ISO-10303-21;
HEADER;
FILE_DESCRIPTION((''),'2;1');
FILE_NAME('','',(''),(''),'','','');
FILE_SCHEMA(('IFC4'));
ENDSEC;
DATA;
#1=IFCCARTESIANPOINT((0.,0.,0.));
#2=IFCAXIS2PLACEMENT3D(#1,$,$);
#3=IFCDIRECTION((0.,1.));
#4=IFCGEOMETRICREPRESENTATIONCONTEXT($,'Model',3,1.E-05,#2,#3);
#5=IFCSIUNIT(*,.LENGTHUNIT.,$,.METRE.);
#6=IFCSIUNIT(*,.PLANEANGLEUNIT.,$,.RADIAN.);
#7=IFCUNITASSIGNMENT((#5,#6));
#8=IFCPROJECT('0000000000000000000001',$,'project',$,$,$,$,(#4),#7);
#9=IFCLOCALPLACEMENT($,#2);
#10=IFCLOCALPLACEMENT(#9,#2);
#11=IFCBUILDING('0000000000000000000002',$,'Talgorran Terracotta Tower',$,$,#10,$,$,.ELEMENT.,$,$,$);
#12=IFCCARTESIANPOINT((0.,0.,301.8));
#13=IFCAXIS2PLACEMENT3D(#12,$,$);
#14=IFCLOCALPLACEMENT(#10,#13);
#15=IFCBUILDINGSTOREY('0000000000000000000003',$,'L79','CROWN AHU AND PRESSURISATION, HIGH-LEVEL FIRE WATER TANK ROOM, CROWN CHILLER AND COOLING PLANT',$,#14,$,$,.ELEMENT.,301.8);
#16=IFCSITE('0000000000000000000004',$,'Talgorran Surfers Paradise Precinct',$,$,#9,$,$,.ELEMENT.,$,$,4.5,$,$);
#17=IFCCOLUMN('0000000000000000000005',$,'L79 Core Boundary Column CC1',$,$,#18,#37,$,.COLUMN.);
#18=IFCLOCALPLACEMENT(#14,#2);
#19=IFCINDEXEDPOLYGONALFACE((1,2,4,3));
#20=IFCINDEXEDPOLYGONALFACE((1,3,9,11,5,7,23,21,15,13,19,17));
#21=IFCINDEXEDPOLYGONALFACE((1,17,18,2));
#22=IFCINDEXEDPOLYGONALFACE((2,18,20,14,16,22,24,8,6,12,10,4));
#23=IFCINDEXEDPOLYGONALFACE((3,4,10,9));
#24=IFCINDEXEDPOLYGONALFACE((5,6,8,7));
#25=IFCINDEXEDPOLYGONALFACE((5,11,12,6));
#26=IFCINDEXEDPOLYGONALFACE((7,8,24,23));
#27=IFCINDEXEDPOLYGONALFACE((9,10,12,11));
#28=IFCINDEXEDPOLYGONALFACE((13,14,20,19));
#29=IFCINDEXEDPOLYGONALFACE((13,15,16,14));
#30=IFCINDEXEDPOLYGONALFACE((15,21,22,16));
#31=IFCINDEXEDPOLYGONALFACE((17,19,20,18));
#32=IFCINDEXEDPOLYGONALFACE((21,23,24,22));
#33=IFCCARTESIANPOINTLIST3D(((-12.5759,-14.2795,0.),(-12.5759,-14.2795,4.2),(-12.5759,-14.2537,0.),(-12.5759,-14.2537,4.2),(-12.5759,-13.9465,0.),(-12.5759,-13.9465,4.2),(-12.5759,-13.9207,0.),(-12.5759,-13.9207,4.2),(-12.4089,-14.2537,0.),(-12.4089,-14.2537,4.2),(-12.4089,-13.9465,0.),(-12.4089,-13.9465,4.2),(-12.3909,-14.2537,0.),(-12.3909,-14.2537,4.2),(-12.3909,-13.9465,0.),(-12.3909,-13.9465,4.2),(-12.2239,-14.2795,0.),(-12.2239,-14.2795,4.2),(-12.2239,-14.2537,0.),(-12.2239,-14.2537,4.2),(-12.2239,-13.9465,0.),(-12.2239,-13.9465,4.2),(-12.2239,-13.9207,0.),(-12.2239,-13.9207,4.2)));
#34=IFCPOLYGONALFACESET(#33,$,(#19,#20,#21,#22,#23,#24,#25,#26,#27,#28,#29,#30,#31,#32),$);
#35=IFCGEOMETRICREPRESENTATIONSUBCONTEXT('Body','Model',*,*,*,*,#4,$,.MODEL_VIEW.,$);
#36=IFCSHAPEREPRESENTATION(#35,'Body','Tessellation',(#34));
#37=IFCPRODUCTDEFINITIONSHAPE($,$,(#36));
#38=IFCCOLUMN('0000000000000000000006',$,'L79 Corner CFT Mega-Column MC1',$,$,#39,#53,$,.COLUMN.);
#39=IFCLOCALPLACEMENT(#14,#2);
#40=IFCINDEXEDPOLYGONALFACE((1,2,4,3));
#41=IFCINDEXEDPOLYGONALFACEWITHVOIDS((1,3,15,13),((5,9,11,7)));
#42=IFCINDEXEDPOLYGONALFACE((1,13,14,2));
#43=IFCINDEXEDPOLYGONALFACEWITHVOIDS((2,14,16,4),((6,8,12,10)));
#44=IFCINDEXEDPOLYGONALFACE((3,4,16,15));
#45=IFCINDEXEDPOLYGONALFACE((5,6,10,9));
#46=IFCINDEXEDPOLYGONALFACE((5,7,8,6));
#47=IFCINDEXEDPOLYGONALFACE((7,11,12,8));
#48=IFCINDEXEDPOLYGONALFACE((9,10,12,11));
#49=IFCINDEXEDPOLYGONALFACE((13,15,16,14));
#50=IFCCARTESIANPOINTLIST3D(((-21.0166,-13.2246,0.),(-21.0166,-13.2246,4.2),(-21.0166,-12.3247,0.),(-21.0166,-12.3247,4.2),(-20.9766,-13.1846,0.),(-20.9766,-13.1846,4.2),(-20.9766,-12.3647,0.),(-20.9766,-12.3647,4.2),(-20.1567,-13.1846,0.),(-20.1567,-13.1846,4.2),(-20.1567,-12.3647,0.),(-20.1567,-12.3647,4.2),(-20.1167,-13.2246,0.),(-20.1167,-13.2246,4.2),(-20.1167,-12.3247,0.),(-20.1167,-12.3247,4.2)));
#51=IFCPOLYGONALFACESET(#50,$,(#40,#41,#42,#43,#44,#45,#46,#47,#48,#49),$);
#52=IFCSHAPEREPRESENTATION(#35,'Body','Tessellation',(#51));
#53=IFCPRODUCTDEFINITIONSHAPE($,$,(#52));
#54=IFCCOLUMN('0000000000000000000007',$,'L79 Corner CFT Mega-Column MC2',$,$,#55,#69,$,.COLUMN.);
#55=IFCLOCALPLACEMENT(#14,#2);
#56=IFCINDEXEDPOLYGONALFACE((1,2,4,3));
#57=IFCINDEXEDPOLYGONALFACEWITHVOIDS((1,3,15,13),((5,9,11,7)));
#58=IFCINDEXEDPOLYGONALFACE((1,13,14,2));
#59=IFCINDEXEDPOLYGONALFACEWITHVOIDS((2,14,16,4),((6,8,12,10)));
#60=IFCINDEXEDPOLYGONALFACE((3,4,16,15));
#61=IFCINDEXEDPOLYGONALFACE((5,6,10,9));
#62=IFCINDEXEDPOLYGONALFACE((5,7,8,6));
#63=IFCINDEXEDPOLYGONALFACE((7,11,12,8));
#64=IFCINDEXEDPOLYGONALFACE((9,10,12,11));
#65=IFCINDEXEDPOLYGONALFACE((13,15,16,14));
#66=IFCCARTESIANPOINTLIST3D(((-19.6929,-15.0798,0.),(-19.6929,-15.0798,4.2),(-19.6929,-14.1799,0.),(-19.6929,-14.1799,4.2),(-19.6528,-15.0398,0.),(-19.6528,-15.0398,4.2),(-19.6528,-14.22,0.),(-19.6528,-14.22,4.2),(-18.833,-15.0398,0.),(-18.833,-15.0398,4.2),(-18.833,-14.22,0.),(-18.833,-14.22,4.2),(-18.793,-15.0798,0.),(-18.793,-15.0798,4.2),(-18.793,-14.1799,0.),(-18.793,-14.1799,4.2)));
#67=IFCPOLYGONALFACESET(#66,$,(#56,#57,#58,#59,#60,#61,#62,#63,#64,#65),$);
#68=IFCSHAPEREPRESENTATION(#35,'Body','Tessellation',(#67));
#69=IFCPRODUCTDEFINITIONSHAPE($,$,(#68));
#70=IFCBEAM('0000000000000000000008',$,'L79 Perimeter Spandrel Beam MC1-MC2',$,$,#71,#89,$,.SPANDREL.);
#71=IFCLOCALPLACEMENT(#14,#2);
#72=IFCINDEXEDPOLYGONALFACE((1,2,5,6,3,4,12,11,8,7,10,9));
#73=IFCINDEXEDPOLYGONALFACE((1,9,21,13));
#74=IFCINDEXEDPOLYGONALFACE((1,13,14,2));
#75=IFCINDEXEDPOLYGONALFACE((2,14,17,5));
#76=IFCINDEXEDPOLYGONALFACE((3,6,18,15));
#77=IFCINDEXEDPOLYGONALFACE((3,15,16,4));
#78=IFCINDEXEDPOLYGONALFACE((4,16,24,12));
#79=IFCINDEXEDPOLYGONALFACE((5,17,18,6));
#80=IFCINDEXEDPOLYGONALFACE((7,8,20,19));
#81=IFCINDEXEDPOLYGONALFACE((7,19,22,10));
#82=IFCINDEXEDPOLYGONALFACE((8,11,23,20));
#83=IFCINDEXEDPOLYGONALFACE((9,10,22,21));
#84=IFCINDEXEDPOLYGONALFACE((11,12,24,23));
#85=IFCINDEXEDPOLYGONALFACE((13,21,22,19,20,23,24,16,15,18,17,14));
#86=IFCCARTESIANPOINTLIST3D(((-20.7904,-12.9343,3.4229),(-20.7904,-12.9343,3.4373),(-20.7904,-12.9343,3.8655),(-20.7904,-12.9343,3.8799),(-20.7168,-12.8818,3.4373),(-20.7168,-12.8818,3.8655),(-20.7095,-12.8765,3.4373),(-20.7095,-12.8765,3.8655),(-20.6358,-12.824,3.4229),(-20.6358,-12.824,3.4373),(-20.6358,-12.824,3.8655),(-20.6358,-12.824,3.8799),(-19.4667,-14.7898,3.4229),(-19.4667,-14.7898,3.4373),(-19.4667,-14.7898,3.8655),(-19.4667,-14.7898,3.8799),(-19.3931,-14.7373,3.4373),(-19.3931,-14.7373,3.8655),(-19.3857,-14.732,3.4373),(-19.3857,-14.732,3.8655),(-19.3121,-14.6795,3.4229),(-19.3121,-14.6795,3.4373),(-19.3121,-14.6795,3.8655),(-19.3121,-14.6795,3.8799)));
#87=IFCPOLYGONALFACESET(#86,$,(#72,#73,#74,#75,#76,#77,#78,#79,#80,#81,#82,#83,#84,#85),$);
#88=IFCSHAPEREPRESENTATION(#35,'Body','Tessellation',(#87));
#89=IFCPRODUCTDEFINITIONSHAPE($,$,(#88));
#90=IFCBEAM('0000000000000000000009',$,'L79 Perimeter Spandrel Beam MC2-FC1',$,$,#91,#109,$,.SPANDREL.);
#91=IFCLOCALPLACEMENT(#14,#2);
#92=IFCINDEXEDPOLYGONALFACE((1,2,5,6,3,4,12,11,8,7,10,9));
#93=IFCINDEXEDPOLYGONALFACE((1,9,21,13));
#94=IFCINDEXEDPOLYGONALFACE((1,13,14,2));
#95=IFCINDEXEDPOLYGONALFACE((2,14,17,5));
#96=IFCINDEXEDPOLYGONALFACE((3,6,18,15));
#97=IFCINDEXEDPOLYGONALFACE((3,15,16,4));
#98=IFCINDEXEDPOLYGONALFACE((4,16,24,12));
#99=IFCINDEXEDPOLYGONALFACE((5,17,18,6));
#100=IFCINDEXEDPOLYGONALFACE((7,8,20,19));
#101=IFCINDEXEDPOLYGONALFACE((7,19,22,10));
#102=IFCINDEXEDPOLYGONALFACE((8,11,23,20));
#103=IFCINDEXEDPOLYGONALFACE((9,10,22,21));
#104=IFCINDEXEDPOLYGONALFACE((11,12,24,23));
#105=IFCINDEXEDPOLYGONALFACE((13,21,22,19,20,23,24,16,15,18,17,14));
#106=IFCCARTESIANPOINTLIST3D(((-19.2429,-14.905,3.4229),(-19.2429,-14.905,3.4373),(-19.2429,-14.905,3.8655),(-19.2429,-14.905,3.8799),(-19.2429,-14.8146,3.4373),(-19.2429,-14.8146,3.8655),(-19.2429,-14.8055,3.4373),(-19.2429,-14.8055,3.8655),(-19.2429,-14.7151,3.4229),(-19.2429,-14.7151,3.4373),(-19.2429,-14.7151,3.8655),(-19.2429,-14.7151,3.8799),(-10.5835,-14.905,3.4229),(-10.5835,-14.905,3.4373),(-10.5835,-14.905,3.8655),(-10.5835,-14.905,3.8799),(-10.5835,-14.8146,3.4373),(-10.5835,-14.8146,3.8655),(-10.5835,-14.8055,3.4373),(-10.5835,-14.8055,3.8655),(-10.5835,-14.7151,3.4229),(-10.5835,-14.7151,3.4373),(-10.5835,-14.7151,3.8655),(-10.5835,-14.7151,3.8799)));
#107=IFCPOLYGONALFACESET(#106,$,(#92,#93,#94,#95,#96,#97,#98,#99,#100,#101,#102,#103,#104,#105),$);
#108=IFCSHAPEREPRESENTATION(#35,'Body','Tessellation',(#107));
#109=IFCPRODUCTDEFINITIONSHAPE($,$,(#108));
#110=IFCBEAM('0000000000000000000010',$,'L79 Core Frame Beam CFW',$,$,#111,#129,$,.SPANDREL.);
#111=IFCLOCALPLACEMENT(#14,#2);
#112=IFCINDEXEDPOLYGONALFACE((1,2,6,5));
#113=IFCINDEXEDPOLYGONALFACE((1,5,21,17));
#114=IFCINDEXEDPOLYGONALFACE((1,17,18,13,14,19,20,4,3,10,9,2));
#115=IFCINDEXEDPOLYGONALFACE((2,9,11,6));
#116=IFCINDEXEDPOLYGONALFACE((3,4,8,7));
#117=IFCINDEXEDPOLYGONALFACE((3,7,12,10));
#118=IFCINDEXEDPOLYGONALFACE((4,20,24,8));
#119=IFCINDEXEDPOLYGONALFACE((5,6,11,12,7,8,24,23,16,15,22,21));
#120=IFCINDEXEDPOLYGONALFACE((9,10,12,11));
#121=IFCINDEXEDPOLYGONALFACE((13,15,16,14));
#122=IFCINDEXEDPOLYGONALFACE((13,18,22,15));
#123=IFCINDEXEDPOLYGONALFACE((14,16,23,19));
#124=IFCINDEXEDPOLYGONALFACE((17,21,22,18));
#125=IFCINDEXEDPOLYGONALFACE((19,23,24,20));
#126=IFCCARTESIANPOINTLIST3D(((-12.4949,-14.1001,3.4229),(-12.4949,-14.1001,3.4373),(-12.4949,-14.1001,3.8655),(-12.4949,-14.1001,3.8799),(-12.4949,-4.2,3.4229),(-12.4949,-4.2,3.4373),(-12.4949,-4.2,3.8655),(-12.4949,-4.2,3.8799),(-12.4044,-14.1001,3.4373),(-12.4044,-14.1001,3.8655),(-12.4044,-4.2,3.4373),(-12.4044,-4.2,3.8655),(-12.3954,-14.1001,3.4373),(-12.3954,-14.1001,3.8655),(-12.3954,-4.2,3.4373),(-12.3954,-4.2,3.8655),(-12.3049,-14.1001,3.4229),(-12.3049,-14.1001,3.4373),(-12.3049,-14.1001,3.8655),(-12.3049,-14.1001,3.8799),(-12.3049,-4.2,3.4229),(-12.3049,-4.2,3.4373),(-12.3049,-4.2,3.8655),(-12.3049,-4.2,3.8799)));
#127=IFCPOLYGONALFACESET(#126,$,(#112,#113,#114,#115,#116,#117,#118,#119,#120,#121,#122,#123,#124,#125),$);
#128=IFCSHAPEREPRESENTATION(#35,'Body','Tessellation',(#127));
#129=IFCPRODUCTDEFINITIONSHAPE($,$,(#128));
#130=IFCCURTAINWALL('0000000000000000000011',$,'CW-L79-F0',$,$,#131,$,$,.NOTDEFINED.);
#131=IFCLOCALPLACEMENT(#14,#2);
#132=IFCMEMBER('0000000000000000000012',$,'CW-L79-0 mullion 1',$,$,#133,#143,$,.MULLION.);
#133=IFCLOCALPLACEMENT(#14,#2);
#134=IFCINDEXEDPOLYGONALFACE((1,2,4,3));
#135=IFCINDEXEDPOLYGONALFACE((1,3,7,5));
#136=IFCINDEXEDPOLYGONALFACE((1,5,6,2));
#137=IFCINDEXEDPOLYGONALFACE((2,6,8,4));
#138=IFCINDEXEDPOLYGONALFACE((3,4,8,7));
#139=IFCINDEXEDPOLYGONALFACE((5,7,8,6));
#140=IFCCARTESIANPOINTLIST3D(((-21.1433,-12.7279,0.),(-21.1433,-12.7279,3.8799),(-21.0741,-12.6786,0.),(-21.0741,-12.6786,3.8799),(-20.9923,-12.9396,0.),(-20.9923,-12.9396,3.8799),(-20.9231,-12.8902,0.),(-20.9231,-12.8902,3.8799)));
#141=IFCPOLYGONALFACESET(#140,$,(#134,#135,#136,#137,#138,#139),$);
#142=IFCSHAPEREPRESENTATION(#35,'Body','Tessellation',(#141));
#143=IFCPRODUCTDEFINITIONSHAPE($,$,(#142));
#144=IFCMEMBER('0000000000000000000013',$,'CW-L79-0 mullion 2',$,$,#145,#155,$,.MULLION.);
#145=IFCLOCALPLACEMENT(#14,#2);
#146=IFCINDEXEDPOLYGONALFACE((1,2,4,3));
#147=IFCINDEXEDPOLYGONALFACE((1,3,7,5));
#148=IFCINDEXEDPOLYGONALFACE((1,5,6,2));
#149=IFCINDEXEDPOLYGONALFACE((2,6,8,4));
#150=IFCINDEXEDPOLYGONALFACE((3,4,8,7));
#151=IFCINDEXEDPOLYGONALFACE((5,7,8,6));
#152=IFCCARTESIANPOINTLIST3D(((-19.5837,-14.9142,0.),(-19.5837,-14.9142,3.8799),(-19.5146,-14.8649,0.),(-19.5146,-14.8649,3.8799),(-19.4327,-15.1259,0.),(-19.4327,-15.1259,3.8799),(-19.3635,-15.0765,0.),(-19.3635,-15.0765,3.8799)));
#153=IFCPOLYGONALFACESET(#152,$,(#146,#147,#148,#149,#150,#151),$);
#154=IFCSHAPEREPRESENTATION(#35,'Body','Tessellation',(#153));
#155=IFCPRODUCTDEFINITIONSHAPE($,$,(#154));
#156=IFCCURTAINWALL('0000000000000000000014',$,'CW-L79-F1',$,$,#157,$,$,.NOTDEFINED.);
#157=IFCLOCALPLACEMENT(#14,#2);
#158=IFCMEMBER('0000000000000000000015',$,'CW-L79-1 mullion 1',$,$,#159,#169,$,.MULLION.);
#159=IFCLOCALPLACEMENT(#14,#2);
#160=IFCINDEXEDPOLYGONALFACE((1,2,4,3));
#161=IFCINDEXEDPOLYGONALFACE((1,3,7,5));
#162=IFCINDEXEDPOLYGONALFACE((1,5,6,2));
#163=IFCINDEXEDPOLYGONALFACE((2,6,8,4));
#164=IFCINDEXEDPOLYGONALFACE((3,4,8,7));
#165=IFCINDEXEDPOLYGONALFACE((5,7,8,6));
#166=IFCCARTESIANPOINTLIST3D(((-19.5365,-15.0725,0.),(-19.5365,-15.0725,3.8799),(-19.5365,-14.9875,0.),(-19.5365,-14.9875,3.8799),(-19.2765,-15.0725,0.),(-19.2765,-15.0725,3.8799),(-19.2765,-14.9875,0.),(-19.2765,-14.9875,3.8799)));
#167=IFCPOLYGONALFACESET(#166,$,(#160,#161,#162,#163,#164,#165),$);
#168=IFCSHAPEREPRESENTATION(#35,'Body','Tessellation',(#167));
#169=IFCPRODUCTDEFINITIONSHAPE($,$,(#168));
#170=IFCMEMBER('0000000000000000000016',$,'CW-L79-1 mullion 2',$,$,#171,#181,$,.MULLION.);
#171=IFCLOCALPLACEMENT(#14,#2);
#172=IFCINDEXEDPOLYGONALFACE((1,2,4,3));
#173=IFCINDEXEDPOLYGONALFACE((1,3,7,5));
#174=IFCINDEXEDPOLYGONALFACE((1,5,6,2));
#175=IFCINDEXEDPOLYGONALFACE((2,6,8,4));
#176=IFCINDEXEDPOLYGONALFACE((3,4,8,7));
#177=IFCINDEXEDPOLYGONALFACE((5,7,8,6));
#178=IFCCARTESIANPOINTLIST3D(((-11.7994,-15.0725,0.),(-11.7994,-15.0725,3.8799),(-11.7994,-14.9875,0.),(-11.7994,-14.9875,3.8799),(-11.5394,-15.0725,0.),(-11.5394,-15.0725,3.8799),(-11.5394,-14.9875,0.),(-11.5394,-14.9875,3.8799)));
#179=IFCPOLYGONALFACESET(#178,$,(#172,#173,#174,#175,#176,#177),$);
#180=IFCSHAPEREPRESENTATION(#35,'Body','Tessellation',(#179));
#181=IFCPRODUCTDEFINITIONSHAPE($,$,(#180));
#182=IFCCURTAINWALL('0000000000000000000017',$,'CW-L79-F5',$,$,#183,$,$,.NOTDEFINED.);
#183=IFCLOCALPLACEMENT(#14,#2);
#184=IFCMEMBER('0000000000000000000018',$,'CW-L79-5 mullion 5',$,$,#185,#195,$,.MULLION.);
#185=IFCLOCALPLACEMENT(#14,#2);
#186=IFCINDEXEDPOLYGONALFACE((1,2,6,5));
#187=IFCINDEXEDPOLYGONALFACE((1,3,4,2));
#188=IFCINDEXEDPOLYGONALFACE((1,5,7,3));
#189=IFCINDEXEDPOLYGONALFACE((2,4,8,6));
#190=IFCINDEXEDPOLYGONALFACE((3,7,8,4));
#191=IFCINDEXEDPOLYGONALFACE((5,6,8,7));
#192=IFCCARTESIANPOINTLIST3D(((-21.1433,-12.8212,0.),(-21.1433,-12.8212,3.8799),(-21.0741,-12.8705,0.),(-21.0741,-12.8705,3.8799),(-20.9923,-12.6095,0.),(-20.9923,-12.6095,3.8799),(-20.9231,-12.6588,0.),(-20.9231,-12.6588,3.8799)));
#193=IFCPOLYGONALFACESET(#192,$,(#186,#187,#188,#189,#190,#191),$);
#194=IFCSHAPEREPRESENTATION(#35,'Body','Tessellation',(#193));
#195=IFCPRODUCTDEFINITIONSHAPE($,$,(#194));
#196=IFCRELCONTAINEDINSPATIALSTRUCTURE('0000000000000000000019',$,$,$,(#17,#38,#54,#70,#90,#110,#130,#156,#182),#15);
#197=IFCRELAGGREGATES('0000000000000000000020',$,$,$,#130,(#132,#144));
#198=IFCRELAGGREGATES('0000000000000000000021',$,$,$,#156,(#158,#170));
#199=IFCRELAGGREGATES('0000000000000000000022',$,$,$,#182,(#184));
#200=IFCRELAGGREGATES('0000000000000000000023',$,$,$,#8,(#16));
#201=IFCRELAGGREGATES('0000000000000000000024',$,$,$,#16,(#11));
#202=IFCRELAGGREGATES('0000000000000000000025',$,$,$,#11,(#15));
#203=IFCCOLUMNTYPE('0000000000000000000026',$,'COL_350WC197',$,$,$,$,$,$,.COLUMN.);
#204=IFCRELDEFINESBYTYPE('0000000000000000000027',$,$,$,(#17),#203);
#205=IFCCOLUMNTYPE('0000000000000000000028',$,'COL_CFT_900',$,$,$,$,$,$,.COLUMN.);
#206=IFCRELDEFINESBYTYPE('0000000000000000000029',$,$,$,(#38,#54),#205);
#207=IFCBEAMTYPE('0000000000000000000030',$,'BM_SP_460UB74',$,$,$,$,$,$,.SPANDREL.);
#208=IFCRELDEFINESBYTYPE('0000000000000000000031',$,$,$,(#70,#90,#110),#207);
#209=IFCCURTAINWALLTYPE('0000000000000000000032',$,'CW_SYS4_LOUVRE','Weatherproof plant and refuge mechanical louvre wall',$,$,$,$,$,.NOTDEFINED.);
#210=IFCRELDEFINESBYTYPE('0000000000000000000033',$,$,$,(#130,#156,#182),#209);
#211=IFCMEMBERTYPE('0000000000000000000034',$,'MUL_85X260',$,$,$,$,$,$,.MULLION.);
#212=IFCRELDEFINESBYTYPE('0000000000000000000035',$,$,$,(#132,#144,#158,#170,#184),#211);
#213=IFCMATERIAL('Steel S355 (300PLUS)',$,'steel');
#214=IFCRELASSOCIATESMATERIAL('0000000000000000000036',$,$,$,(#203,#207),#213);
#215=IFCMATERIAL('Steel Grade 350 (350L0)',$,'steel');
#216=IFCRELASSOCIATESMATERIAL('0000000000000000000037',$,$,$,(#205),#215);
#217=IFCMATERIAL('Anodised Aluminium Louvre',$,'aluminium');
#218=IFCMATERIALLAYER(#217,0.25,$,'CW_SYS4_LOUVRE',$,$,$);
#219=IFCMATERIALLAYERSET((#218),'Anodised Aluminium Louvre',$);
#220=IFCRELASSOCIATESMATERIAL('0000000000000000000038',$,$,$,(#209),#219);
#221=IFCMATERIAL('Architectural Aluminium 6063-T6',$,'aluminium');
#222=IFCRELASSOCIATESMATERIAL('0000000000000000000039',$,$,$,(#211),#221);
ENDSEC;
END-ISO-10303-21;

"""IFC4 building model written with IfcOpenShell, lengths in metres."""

from ifc_helpers import new_model, si_unit, direction, frame, origin, origin_2d, place, context, subcontext, project, spatial, rectangle, hollow_rectangle, i_section, extrude, material, layer, layer_set, material_profile, profile_set, type_object, element, aggregate, save


model = new_model("IFC4")

# Units and contexts
model_context = context("Model", 3, precision=1e-05, world=origin(), true_north=direction((0.0, 1.0)))
body_context = subcontext(model_context, "Body", "Model", "MODEL_VIEW")
ifc_project = project(units=[si_unit("LENGTHUNIT", "METRE"), si_unit("PLANEANGLEUNIT", "RADIAN")], contexts=[model_context])

# Site, building, storey
site_placement = place(None, origin())
site = spatial("IfcSite", under=ifc_project, at=site_placement, Name="Talgorran Surfers Paradise Precinct", CompositionType="ELEMENT", RefElevation=4.5)
building_placement = place(site_placement, origin())
building = spatial("IfcBuilding", under=site, at=building_placement, Name="Talgorran Terracotta Tower", CompositionType="ELEMENT")
storey_placement = place(building_placement, frame((0.0, 0.0, 301.8)))
storey = spatial("IfcBuildingStorey", under=building, at=storey_placement, Name="L79", Description="CROWN AHU AND PRESSURISATION, HIGH-LEVEL FIRE WATER TANK ROOM, CROWN CHILLER AND COOLING PLANT", CompositionType="ELEMENT", Elevation=301.8)

# Columns
ifc_material_1 = material(Name="Steel S355 (300PLUS)", Category="steel")
ifc_material_profile_1 = material_profile(ifc_material_1, i_section(OverallWidth=0.3521, OverallDepth=0.3589, WebThickness=0.0181, FlangeThickness=0.0259, at=origin_2d()), Name="350WC197")
ifc_profile_set_1 = profile_set([ifc_material_profile_1], Name="Steel S355 (300PLUS)")
column_type_1 = type_object("IfcColumnType", Name="COL_350WC197", PredefinedType="COLUMN", material=ifc_profile_set_1)
column_placement = place(storey_placement, frame((-12.3999, -14.1001, 0.0), z_axis=(0.0, 0.0, 1.0), x_axis=(1.0, 0.0, 0.0)))
element("IfcColumn", 1, at=column_placement, inside=storey, type_object=column_type_1, Name="L79 Core Boundary Column CC1", PredefinedType="COLUMN", context=body_context, shape_type="SweptSolid", body=[
    extrude(i_section(OverallWidth=0.3521, OverallDepth=0.3589, WebThickness=0.0181, FlangeThickness=0.0259, at=origin_2d()), origin(), (0.0, 0.0, 1.0), 4.2),
])
ifc_material_2 = material(Name="Steel Grade 350 (350L0)", Category="steel")
ifc_material_profile_2 = material_profile(ifc_material_2, hollow_rectangle(XDim=0.8999, YDim=0.8999, WallThickness=0.04, at=origin_2d()), Name="CFT900X900X40")
ifc_profile_set_2 = profile_set([ifc_material_profile_2], Name="Steel Grade 350 (350L0)")
column_type_2 = type_object("IfcColumnType", Name="COL_CFT_900", PredefinedType="COLUMN", material=ifc_profile_set_2)
for number, where, z_axis, x_axis, name in (
    (2, (-20.5667, -12.7747, 0.0), (0.0, 0.0, 1.0), (1.0, 0.0, 0.0), "L79 Corner CFT Mega-Column MC1"),
    (3, (-19.2429, -14.6299, 0.0), (0.0, 0.0, 1.0), (1.0, 0.0, 0.0), "L79 Corner CFT Mega-Column MC2"),
):
    element("IfcColumn", number, at=place(storey_placement, frame(where, z_axis=z_axis, x_axis=x_axis)), inside=storey, type_object=column_type_2, Name=name, PredefinedType="COLUMN", context=body_context, shape_type="SweptSolid", body=[
        extrude(hollow_rectangle(XDim=0.8999, YDim=0.8999, WallThickness=0.04, at=origin_2d()), origin(), (0.0, 0.0, 1.0), 4.2),
    ])

# Beams
ifc_material_profile_3 = material_profile(ifc_material_1, i_section(OverallWidth=0.1899, OverallDepth=0.457, WebThickness=0.009, FlangeThickness=0.0144, at=origin_2d()), Name="460UB74.6")
ifc_profile_set_3 = profile_set([ifc_material_profile_3], Name="Steel S355 (300PLUS)")
beam_type = type_object("IfcBeamType", Name="BM_SP_460UB74", PredefinedType="SPANDREL", material=ifc_profile_set_3)
beam_1_placement = place(storey_placement, frame((-20.7131, -12.8792, 3.6514), z_axis=(0.580772, -0.814066, 0.0), x_axis=(0.814066, 0.580772, 0.0)))
element("IfcBeam", 4, at=beam_1_placement, inside=storey, type_object=beam_type, Name="L79 Perimeter Spandrel Beam MC1-MC2", PredefinedType="SPANDREL", context=body_context, shape_type="SweptSolid", body=[
    extrude(i_section(OverallWidth=0.1899, OverallDepth=0.457, WebThickness=0.009, FlangeThickness=0.0144, at=origin_2d()), origin(), (0.0, 0.0, 1.0), 2.2793),
])
beam_2_placement = place(storey_placement, frame((-19.2429, -14.8101, 3.6514), z_axis=(1.0, 0.0, 0.0), x_axis=(0.0, 1.0, 0.0)))
element("IfcBeam", 5, at=beam_2_placement, inside=storey, type_object=beam_type, Name="L79 Perimeter Spandrel Beam MC2-FC1", PredefinedType="SPANDREL", context=body_context, shape_type="SweptSolid", body=[
    extrude(i_section(OverallWidth=0.1899, OverallDepth=0.457, WebThickness=0.009, FlangeThickness=0.0144, at=origin_2d()), origin(), (0.0, 0.0, 1.0), 8.6594),
])
beam_3_placement = place(storey_placement, frame((-12.3999, -14.1001, 3.6514), z_axis=(0.0, 1.0, 0.0), x_axis=(-1.0, 0.0, 0.0)))
element("IfcBeam", 6, at=beam_3_placement, inside=storey, type_object=beam_type, Name="L79 Core Frame Beam CFW", PredefinedType="SPANDREL", context=body_context, shape_type="SweptSolid", body=[
    extrude(i_section(OverallWidth=0.1899, OverallDepth=0.457, WebThickness=0.009, FlangeThickness=0.0144, at=origin_2d()), origin(), (0.0, 0.0, 1.0), 9.9001),
])

# Curtain walls, members
ifc_material_3 = material(Name="Anodised Aluminium Louvre", Category="aluminium")
ifc_layer_1 = layer(ifc_material_3, 0.25, Name="CW_SYS4_LOUVRE")
ifc_layer_set_1 = layer_set([ifc_layer_1], Name="Anodised Aluminium Louvre")
curtain_wall_type = type_object("IfcCurtainWallType", Name="CW_SYS4_LOUVRE", Description="Weatherproof plant and refuge mechanical louvre wall", PredefinedType="NOTDEFINED", material=ifc_layer_set_1)
curtain_wall_1_placement = place(storey_placement, origin())
curtain_wall_1 = element("IfcCurtainWall", 7, at=curtain_wall_1_placement, inside=storey, type_object=curtain_wall_type, Name="CW-L79-F0", PredefinedType="NOTDEFINED")
ifc_material_4 = material(Name="Architectural Aluminium 6063-T6", Category="aluminium")
ifc_material_profile_4 = material_profile(ifc_material_4, rectangle(XDim=0.085, YDim=0.26, at=origin_2d()), Name="CWM85X260")
ifc_profile_set_4 = profile_set([ifc_material_profile_4], Name="Architectural Aluminium 6063-T6")
member_type_1 = type_object("IfcMemberType", Name="MUL_85X260", PredefinedType="MULLION", material=ifc_profile_set_4)
member_1_placement = place(storey_placement, frame((-21.0332, -12.8091, 0.0), z_axis=(0.0, 0.0, 1.0), x_axis=(0.814075, 0.58076, 0.0)))
member_1 = element("IfcMember", 8, at=member_1_placement, type_object=member_type_1, Name="CW-L79-0 mullion 1", PredefinedType="MULLION", context=body_context, shape_type="SweptSolid", body=[
    extrude(rectangle(XDim=0.085, YDim=0.26, at=origin_2d()), origin(), (0.0, 0.0, 1.0), 3.8799),
])
member_2_placement = place(storey_placement, frame((-19.4736, -14.9954, 0.0), z_axis=(0.0, 0.0, 1.0), x_axis=(0.814075, 0.58076, 0.0)))
member_2 = element("IfcMember", 9, at=member_2_placement, type_object=member_type_1, Name="CW-L79-0 mullion 2", PredefinedType="MULLION", context=body_context, shape_type="SweptSolid", body=[
    extrude(rectangle(XDim=0.085, YDim=0.26, at=origin_2d()), origin(), (0.0, 0.0, 1.0), 3.8799),
])
curtain_wall_2_placement = place(storey_placement, origin())
curtain_wall_2 = element("IfcCurtainWall", 10, at=curtain_wall_2_placement, inside=storey, type_object=curtain_wall_type, Name="CW-L79-F1", PredefinedType="NOTDEFINED")
member_3_placement = place(storey_placement, frame((-19.4065, -15.03, 0.0), z_axis=(0.0, 0.0, 1.0), x_axis=(0.0, 1.0, 0.0)))
member_3 = element("IfcMember", 11, at=member_3_placement, type_object=member_type_1, Name="CW-L79-1 mullion 1", PredefinedType="MULLION", context=body_context, shape_type="SweptSolid", body=[
    extrude(rectangle(XDim=0.085, YDim=0.26, at=origin_2d()), origin(), (0.0, 0.0, 1.0), 3.8799),
])
member_4_placement = place(storey_placement, frame((-11.6694, -15.03, 0.0), z_axis=(0.0, 0.0, 1.0), x_axis=(0.0, 1.0, 0.0)))
member_4 = element("IfcMember", 12, at=member_4_placement, type_object=member_type_1, Name="CW-L79-1 mullion 2", PredefinedType="MULLION", context=body_context, shape_type="SweptSolid", body=[
    extrude(rectangle(XDim=0.085, YDim=0.26, at=origin_2d()), origin(), (0.0, 0.0, 1.0), 3.8799),
])

# Curtain wall, member
curtain_wall_3_placement = place(storey_placement, origin())
curtain_wall_3 = element("IfcCurtainWall", 13, at=curtain_wall_3_placement, inside=storey, type_object=curtain_wall_type, Name="CW-L79-F5", PredefinedType="NOTDEFINED")
member_5_placement = place(storey_placement, frame((-21.0332, -12.74, 0.0), z_axis=(0.0, 0.0, 1.0), x_axis=(0.814076, -0.580758, 0.0)))
member_5 = element("IfcMember", 14, at=member_5_placement, type_object=member_type_1, Name="CW-L79-5 mullion 5", PredefinedType="MULLION", context=body_context, shape_type="SweptSolid", body=[
    extrude(rectangle(XDim=0.085, YDim=0.26, at=origin_2d()), origin(), (0.0, 0.0, 1.0), 3.8799),
])

aggregate(curtain_wall_1, [member_1, member_2])
aggregate(curtain_wall_2, [member_3, member_4])
aggregate(curtain_wall_3, [member_5])

save(model, "model.ifc")
